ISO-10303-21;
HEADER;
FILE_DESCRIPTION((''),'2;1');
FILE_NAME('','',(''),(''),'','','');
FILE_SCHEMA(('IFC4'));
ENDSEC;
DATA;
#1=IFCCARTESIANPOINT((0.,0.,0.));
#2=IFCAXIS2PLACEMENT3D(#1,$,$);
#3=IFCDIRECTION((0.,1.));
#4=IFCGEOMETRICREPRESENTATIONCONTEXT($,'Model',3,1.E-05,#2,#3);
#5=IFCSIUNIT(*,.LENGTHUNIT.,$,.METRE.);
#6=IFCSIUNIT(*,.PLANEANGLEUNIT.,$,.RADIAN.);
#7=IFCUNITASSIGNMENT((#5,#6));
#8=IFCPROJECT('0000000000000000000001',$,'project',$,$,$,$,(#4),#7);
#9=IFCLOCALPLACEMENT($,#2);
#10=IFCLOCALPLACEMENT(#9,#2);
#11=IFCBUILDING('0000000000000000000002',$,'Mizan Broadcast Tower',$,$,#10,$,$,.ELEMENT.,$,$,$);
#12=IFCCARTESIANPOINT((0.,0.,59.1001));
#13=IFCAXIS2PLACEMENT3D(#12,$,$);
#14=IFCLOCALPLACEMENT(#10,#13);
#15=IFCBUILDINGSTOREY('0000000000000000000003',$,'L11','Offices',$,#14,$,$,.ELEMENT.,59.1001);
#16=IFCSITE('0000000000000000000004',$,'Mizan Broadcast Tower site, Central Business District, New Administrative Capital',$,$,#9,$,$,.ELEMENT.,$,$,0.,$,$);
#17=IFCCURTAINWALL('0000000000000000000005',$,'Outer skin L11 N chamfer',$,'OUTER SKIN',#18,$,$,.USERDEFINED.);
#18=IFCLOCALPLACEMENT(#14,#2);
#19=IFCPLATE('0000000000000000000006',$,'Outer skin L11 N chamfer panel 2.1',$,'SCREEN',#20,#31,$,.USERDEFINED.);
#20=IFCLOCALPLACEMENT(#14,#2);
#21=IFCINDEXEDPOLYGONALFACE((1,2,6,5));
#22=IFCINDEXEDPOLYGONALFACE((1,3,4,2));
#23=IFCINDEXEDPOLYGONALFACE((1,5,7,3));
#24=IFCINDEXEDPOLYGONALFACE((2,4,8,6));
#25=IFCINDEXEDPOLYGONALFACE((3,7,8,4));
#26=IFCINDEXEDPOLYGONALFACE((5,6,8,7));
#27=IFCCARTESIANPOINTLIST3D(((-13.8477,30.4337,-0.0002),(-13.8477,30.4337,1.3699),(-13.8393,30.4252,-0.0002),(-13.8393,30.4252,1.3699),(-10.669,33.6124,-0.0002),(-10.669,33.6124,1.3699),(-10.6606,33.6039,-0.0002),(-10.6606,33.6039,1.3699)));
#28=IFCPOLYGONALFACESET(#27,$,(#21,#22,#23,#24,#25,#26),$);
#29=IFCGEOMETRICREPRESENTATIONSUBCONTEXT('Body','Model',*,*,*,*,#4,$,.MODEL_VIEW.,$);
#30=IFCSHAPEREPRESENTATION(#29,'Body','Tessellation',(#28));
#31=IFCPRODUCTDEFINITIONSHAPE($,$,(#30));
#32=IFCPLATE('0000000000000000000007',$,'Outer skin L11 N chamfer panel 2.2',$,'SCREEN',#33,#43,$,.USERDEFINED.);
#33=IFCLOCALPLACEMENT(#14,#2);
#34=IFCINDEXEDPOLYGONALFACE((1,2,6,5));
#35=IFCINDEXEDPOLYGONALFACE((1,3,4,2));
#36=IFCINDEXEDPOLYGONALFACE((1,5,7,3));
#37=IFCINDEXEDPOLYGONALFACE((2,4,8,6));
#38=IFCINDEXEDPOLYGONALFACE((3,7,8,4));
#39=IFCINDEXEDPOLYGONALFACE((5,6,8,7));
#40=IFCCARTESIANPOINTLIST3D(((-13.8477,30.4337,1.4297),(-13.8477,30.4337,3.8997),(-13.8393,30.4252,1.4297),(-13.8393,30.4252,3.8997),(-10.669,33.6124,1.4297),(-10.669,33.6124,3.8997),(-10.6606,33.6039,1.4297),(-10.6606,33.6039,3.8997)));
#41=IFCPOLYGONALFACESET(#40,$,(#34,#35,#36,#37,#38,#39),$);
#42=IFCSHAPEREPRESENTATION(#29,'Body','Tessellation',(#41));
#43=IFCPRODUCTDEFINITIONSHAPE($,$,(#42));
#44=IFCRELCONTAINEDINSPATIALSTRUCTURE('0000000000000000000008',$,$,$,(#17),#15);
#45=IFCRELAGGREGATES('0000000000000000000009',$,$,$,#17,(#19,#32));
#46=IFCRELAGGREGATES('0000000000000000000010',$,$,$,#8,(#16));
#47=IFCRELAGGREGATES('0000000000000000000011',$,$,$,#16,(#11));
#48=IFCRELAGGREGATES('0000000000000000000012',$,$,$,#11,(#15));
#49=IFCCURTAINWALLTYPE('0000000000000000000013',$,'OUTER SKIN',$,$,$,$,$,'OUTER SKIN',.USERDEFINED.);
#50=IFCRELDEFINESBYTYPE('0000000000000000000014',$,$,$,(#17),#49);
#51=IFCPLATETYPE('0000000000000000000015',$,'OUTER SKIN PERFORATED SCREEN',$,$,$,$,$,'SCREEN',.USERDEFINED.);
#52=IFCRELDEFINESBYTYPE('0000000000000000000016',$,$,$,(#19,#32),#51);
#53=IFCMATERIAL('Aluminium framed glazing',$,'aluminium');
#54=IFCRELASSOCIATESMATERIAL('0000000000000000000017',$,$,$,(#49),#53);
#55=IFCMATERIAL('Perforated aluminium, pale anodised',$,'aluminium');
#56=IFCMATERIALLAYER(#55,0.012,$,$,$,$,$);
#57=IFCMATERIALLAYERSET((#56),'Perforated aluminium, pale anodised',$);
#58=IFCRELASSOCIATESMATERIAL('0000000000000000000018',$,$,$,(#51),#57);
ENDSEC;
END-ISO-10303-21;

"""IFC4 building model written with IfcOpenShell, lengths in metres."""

from ifc_helpers import new_model, si_unit, direction, frame, origin, origin_2d, place, context, subcontext, project, spatial, rectangle, extrude, material, layer, layer_set, type_object, element, aggregate, save


model = new_model("IFC4")

# Units and contexts
model_context = context("Model", 3, precision=1e-05, world=origin(), true_north=direction((0.0, 1.0)))
body_context = subcontext(model_context, "Body", "Model", "MODEL_VIEW")
ifc_project = project(units=[si_unit("LENGTHUNIT", "METRE"), si_unit("PLANEANGLEUNIT", "RADIAN")], contexts=[model_context])

# Site, building, storey
site_placement = place(None, origin())
site = spatial("IfcSite", under=ifc_project, at=site_placement, Name="Mizan Broadcast Tower site, Central Business District, New Administrative Capital", CompositionType="ELEMENT", RefElevation=0.0)
building_placement = place(site_placement, origin())
building = spatial("IfcBuilding", under=site, at=building_placement, Name="Mizan Broadcast Tower", CompositionType="ELEMENT")
storey_placement = place(building_placement, frame((0.0, 0.0, 59.1001)))
storey = spatial("IfcBuildingStorey", under=building, at=storey_placement, Name="L11", Description="Offices", CompositionType="ELEMENT", Elevation=59.1001)

# Curtain wall
ifc_material_1 = material(Name="Aluminium framed glazing", Category="aluminium")
curtain_wall_type_1 = type_object("IfcCurtainWallType", Name="OUTER SKIN", ElementType="OUTER SKIN", PredefinedType="USERDEFINED", material=ifc_material_1)
curtain_wall_1_placement = place(storey_placement, origin())
curtain_wall_1 = element("IfcCurtainWall", 1, at=curtain_wall_1_placement, inside=storey, type_object=curtain_wall_type_1, Name="Outer skin L11 N chamfer", ObjectType="OUTER SKIN", PredefinedType="USERDEFINED")

# Plates
ifc_material_2 = material(Name="Perforated aluminium, pale anodised", Category="aluminium")
ifc_layer_1 = layer(ifc_material_2, 0.012)
ifc_layer_set_1 = layer_set([ifc_layer_1], Name="Perforated aluminium, pale anodised")
plate_type_1 = type_object("IfcPlateType", Name="OUTER SKIN PERFORATED SCREEN", ElementType="SCREEN", PredefinedType="USERDEFINED", material=ifc_layer_set_1)
plate_1_placement = place(storey_placement, frame((-12.2542, 32.0188, -0.0002), z_axis=(0.0, 0.0, 1.0), x_axis=(-0.707107, -0.707107, 0.0)))
plate_1 = element("IfcPlate", 2, at=plate_1_placement, type_object=plate_type_1, Name="Outer skin L11 N chamfer panel 2.1", ObjectType="SCREEN", PredefinedType="USERDEFINED", context=body_context, shape_type="SweptSolid", body=[
    extrude(rectangle(XDim=4.4954, YDim=0.012, at=origin_2d()), origin(), (0.0, 0.0, 1.0), 1.3701),
])
plate_2_placement = place(storey_placement, frame((-12.2542, 32.0188, 1.4297), z_axis=(0.0, 0.0, 1.0), x_axis=(-0.707107, -0.707107, 0.0)))
plate_2 = element("IfcPlate", 3, at=plate_2_placement, type_object=plate_type_1, Name="Outer skin L11 N chamfer panel 2.2", ObjectType="SCREEN", PredefinedType="USERDEFINED", context=body_context, shape_type="SweptSolid", body=[
    extrude(rectangle(XDim=4.4954, YDim=0.012, at=origin_2d()), origin(), (0.0, 0.0, 1.0), 2.47),
])
aggregate(curtain_wall_1, [plate_1, plate_2])

save(model, "model.ifc")
